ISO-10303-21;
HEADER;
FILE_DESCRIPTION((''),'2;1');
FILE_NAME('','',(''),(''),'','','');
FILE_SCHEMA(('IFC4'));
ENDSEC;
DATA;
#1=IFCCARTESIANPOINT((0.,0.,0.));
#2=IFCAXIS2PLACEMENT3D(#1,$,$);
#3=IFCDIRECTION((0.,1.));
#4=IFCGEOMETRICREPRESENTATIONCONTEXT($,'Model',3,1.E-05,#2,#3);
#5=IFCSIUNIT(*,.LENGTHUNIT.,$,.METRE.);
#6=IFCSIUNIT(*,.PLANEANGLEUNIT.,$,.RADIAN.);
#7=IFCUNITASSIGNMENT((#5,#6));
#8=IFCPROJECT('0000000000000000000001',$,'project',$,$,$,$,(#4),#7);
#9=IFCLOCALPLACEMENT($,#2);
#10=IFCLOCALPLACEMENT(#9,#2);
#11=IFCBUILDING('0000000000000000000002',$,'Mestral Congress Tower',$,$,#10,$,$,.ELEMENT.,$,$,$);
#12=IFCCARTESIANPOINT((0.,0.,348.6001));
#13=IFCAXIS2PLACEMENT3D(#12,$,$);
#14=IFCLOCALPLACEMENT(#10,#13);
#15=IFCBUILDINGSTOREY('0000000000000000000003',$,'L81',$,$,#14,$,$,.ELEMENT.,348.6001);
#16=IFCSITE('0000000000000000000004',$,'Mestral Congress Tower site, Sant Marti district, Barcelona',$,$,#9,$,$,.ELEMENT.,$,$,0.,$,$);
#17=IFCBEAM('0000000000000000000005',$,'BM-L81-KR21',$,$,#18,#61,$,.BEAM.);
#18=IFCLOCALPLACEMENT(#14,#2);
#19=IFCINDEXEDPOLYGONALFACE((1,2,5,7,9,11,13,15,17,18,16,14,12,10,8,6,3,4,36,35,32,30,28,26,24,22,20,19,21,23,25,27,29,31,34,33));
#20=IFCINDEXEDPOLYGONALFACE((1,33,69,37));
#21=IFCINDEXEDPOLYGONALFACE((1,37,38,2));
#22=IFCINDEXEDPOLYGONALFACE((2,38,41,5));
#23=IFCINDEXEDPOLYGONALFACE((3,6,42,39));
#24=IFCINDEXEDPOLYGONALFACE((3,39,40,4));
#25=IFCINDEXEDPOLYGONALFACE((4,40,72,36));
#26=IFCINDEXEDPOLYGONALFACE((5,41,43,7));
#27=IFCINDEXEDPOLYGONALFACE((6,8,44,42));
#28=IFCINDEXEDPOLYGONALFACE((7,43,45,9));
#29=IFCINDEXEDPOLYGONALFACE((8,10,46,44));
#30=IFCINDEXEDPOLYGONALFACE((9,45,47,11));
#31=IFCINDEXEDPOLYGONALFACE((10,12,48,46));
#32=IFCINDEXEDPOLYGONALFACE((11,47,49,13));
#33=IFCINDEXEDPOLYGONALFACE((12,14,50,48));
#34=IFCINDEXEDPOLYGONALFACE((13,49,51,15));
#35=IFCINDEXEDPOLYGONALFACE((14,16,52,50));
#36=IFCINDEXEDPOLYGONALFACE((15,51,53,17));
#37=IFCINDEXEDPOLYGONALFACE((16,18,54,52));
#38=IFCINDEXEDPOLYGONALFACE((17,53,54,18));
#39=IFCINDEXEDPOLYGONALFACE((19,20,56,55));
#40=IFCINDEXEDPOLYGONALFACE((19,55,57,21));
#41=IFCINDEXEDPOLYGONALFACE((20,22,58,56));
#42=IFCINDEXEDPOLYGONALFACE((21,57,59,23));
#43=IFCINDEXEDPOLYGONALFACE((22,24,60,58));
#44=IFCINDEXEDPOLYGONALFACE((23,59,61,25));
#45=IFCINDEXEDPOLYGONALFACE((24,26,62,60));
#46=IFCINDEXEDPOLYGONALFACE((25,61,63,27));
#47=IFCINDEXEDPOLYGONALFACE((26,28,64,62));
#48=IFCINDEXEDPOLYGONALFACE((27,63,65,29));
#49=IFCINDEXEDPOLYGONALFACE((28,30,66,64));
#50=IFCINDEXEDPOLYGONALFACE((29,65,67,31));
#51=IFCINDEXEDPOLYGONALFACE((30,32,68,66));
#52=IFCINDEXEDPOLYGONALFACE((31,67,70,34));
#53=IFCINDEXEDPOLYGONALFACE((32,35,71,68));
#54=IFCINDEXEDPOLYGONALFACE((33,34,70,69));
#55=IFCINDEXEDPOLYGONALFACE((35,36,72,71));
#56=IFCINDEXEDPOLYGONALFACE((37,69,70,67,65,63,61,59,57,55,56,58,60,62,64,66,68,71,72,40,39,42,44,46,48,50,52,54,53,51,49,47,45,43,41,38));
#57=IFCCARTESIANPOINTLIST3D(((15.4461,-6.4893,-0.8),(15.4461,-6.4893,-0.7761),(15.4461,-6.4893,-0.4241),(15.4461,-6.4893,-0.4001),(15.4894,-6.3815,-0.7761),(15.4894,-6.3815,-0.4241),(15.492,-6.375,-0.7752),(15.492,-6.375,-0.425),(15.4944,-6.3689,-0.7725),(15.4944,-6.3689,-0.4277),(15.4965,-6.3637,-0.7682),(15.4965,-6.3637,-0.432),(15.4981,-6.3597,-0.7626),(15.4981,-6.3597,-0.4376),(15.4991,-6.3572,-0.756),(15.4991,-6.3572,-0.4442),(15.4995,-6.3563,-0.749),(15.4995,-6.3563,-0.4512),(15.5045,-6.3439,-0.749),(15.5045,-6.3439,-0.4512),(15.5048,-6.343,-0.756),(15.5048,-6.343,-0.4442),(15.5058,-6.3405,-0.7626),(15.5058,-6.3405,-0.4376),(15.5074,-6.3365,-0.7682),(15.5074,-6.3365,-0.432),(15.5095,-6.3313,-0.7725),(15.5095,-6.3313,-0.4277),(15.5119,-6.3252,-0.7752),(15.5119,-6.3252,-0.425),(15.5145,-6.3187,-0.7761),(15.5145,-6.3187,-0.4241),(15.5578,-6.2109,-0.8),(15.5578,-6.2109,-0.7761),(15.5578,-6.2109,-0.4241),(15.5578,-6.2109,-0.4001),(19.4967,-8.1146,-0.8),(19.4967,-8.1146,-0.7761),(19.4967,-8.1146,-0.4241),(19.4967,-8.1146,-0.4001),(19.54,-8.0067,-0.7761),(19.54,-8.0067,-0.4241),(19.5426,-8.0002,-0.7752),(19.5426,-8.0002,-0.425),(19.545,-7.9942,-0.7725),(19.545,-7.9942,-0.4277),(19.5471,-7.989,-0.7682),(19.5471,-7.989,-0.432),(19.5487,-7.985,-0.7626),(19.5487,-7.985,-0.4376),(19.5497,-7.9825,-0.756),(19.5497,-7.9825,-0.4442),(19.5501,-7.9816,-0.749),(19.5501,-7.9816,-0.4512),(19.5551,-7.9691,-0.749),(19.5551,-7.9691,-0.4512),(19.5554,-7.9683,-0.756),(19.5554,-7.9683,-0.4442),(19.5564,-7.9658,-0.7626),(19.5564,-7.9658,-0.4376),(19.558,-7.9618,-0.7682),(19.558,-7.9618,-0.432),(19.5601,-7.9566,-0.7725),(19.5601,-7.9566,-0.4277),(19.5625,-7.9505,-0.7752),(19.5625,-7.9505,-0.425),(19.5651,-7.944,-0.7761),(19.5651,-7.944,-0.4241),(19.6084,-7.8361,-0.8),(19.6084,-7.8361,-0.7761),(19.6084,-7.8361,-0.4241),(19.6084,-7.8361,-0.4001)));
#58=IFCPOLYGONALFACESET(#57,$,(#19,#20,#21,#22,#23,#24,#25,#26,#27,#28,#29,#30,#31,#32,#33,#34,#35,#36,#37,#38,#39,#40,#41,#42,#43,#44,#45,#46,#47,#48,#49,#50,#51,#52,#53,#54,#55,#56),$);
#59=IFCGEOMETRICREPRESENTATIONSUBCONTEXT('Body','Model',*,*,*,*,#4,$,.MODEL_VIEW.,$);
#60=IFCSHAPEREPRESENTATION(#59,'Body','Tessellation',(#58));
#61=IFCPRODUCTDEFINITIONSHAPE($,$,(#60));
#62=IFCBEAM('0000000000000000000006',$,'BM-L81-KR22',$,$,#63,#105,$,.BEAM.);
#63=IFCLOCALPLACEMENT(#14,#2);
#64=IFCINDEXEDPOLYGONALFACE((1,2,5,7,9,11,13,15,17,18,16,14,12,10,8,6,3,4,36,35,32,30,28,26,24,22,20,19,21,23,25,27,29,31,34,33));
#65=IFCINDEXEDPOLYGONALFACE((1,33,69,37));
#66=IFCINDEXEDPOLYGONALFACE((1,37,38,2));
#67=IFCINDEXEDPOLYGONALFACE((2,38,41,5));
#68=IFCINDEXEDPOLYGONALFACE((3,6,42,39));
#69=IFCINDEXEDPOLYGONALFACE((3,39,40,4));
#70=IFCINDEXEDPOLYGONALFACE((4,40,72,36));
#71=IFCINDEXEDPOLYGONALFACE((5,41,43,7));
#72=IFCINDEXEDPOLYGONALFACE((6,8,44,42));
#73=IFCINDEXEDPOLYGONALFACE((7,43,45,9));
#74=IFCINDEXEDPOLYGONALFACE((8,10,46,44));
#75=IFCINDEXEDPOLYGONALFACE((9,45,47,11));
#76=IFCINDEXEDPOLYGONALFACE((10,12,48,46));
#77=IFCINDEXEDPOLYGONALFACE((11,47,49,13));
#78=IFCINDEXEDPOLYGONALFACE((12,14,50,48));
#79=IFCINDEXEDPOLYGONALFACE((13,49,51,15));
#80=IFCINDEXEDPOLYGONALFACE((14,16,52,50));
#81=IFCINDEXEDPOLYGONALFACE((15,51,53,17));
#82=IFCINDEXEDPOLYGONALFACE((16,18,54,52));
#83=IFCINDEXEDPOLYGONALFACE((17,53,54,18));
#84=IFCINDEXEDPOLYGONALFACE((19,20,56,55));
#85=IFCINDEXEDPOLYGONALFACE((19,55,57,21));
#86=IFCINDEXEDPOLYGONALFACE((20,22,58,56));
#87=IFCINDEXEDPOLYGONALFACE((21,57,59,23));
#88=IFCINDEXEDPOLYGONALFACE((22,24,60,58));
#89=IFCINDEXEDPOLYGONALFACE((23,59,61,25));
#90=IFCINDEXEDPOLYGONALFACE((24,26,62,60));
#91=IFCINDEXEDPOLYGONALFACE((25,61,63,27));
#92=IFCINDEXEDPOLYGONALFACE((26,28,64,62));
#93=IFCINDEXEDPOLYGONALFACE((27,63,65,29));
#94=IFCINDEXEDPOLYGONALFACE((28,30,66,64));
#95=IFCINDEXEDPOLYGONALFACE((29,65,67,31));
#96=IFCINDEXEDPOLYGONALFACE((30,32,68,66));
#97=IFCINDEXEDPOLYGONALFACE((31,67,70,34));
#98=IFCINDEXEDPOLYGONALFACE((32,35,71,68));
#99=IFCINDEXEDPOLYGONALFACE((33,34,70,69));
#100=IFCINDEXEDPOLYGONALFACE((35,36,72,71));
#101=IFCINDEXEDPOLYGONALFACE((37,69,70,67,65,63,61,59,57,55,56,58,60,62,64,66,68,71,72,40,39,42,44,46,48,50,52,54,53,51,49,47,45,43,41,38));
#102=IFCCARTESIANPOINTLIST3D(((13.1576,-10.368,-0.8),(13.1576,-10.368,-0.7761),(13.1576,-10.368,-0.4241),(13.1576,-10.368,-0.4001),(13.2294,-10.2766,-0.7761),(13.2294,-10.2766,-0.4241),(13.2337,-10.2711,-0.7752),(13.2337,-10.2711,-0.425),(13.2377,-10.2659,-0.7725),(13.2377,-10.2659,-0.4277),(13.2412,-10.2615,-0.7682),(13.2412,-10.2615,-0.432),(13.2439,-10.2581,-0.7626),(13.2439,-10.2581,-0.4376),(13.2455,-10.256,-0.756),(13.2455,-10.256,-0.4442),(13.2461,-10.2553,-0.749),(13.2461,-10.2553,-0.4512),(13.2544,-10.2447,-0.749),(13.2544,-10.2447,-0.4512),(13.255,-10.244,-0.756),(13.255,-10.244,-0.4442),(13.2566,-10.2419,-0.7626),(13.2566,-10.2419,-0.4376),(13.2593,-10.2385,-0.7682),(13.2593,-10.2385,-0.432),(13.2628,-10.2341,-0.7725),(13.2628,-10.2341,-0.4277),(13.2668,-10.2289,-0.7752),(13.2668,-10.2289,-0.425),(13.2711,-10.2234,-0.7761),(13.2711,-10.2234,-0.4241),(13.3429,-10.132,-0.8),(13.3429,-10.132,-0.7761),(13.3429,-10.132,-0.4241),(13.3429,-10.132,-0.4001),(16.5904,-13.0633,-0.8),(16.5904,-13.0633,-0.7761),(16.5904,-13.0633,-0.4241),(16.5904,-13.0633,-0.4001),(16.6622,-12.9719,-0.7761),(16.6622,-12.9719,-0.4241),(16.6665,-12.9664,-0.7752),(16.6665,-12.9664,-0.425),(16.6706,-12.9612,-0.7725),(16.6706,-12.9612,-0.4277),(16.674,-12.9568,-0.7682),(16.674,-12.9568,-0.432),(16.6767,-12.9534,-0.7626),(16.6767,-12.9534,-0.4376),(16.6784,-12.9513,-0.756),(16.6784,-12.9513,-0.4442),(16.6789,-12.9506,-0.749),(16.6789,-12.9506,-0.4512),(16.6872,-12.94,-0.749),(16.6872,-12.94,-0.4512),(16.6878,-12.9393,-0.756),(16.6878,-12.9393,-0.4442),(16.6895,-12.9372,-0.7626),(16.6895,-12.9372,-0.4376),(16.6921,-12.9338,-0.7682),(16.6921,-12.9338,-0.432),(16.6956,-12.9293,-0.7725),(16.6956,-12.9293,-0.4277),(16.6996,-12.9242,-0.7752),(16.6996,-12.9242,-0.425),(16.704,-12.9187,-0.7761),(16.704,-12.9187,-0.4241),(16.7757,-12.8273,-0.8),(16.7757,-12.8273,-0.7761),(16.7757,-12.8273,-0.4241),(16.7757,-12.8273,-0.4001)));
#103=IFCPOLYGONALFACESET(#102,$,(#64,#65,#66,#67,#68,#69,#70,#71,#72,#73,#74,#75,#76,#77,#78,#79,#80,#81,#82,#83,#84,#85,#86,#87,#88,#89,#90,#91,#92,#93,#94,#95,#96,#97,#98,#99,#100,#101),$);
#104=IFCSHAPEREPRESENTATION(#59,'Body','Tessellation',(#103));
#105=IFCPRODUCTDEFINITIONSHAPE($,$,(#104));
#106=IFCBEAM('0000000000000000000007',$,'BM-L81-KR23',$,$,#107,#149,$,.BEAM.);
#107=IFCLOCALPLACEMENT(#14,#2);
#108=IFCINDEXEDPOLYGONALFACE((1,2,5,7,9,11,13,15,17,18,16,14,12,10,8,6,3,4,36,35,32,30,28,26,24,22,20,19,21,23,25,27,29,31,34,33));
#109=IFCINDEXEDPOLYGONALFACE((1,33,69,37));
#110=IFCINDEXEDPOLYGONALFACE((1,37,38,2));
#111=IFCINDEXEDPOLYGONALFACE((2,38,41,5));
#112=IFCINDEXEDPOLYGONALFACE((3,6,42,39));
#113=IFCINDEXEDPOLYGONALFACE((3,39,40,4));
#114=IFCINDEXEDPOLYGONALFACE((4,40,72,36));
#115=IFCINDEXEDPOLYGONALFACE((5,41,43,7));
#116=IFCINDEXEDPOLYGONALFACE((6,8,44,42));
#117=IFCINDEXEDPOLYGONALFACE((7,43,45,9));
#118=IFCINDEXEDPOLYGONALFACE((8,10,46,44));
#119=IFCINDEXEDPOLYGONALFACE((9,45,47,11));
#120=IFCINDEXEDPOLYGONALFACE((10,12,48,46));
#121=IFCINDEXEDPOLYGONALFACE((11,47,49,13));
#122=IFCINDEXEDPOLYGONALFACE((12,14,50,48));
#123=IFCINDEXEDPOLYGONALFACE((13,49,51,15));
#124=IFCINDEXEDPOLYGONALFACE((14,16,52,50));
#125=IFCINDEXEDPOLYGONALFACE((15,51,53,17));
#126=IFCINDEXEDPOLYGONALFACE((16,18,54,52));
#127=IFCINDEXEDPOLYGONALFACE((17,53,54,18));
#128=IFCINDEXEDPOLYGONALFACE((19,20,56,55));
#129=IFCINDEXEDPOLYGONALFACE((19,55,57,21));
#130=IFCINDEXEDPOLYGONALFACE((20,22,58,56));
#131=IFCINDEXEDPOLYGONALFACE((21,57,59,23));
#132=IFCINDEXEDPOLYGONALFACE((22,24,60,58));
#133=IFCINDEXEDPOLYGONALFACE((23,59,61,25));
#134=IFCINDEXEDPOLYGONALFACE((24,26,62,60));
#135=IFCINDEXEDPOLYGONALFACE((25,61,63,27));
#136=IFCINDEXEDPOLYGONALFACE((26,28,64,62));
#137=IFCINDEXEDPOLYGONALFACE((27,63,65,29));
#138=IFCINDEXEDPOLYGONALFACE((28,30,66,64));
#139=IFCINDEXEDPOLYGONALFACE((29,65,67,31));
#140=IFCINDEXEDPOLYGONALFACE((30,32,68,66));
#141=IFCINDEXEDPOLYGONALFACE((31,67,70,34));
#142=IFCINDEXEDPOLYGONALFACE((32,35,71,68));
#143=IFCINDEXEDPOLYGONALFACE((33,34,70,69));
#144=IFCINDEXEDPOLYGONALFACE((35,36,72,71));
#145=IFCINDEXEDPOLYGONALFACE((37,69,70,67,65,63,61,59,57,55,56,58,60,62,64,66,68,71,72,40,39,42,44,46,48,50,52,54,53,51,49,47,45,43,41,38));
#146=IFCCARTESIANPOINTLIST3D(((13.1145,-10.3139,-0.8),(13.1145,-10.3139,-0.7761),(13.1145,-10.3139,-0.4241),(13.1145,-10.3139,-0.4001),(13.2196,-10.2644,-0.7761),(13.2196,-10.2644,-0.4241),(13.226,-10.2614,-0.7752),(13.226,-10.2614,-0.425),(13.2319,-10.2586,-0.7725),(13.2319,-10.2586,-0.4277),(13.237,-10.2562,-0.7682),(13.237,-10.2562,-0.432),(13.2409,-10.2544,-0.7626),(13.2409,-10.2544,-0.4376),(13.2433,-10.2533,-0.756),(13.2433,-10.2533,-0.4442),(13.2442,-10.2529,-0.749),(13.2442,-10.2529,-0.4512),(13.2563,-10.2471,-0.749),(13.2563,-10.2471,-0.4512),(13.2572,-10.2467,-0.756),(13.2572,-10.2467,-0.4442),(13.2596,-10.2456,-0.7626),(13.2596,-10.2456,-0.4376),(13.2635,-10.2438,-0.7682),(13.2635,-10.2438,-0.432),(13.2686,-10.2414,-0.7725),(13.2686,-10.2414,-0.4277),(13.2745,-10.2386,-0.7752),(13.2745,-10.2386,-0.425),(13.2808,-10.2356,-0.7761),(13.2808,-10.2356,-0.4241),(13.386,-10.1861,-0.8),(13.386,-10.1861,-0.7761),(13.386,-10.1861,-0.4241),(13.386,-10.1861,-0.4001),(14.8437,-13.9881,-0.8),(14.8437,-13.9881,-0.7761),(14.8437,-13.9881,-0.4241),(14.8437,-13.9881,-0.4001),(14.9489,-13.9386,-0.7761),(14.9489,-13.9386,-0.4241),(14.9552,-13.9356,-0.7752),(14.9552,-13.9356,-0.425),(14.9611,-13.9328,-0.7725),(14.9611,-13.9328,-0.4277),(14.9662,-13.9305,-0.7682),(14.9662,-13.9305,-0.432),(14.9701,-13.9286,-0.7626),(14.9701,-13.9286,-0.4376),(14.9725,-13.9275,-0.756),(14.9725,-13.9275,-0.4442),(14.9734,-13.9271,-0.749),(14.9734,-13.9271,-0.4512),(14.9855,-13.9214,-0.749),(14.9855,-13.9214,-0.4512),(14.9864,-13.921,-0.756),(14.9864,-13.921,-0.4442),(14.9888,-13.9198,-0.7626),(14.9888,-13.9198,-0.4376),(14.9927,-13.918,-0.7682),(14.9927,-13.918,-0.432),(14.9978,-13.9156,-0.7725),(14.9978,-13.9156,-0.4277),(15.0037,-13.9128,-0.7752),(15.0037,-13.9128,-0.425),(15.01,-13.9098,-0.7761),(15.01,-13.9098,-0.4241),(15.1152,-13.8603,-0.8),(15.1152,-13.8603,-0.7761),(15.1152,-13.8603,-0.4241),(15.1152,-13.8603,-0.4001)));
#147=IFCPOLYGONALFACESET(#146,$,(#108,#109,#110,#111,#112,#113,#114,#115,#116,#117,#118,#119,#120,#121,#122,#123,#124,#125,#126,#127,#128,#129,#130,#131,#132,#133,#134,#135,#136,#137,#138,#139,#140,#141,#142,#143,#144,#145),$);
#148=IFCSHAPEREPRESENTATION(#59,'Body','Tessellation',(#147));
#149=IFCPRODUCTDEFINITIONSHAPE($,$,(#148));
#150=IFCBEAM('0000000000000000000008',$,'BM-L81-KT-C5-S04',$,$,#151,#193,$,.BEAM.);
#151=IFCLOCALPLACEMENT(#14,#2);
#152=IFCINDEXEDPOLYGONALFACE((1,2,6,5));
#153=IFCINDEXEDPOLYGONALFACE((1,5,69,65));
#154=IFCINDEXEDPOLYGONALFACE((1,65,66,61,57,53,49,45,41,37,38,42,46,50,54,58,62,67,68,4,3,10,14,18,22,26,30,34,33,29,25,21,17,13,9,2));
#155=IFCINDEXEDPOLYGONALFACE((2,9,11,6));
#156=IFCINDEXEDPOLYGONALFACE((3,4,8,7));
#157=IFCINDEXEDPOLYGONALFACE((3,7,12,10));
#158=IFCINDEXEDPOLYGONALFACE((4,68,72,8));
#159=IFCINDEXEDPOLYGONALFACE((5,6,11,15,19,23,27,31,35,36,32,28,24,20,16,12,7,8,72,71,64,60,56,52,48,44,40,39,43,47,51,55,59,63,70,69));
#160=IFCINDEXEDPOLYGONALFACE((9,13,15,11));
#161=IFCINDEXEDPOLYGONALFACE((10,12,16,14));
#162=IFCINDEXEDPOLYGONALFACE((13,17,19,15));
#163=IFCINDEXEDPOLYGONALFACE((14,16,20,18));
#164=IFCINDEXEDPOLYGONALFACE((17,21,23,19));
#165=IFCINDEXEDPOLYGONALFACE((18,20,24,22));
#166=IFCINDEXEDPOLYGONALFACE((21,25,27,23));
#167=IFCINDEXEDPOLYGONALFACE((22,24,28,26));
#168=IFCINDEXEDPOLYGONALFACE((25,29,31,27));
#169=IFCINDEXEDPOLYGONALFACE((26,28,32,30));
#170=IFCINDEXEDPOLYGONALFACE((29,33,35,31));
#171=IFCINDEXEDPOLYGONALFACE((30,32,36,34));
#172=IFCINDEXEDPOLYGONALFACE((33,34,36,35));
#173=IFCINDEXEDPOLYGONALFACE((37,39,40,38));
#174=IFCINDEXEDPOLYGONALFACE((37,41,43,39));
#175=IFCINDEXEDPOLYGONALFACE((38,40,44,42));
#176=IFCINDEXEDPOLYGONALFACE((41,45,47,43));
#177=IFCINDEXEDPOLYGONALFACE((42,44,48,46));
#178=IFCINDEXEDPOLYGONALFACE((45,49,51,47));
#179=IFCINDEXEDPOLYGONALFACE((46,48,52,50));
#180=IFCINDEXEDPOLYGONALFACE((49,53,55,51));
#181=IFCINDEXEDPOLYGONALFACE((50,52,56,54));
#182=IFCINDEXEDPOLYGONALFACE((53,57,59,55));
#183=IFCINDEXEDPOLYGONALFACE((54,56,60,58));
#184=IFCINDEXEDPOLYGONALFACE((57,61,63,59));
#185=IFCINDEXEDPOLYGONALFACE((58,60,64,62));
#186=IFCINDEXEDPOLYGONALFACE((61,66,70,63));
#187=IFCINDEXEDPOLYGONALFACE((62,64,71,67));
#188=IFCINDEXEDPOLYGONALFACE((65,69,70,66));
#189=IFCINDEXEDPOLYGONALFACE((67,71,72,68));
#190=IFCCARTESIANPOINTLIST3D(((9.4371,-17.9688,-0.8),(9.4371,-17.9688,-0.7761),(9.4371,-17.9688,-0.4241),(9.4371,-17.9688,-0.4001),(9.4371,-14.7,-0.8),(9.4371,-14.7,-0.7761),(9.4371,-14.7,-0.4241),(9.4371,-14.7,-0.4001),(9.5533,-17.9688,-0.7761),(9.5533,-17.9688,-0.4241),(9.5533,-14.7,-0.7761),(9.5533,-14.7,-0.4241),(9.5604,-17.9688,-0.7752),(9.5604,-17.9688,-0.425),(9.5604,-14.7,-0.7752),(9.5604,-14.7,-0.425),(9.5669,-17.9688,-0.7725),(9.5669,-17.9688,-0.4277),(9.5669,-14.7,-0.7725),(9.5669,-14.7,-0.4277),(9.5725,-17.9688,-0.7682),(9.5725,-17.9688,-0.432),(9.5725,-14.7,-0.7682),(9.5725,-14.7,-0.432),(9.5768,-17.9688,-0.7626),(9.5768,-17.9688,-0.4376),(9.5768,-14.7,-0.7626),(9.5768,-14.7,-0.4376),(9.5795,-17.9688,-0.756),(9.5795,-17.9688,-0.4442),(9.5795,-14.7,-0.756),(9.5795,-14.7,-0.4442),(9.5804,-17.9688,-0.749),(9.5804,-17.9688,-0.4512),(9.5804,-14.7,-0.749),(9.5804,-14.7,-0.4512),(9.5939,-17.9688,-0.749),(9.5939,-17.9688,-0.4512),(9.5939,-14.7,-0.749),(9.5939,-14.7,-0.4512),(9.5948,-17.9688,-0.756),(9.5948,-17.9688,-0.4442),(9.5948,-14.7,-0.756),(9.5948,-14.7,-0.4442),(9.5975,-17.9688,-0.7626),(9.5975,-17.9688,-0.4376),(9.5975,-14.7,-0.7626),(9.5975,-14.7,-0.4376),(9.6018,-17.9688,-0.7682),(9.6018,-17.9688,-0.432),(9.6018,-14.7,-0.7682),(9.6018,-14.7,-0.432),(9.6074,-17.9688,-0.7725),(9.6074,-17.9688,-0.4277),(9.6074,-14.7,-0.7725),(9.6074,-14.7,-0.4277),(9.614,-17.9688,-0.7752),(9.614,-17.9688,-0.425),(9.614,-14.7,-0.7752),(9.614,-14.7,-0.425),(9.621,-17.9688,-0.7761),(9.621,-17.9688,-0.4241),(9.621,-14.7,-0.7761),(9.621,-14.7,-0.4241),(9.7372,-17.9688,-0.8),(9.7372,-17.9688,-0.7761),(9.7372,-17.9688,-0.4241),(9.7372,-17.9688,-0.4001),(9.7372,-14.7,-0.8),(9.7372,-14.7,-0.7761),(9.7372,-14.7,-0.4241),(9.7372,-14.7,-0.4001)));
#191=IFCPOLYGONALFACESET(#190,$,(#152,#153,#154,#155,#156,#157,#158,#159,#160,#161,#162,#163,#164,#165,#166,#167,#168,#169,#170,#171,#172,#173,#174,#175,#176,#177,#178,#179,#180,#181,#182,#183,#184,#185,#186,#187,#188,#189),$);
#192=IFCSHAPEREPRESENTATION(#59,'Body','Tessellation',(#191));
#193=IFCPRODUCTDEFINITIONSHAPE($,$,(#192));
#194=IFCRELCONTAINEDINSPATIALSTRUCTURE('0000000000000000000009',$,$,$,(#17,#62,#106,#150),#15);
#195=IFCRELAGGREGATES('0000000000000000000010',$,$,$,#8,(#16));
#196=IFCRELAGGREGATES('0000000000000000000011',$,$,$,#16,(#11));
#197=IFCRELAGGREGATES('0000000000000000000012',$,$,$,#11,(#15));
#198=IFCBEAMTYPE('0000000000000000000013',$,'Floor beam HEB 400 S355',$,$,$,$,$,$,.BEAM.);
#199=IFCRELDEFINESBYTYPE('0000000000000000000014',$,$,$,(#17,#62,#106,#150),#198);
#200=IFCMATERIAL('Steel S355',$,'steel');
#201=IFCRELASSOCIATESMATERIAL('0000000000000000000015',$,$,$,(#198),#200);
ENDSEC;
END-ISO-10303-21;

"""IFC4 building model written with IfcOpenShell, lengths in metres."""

from ifc_helpers import new_model, si_unit, direction, frame, origin, origin_2d, place, context, subcontext, project, spatial, i_section, extrude, material, material_profile, profile_set, type_object, element, save


model = new_model("IFC4")

# Units and contexts
model_context = context("Model", 3, precision=1e-05, world=origin(), true_north=direction((0.0, 1.0)))
body_context = subcontext(model_context, "Body", "Model", "MODEL_VIEW")
ifc_project = project(units=[si_unit("LENGTHUNIT", "METRE"), si_unit("PLANEANGLEUNIT", "RADIAN")], contexts=[model_context])

# Site, building, storey
site_placement = place(None, origin())
site = spatial("IfcSite", under=ifc_project, at=site_placement, Name="Mestral Congress Tower site, Sant Marti district, Barcelona", CompositionType="ELEMENT", RefElevation=0.0)
building_placement = place(site_placement, origin())
building = spatial("IfcBuilding", under=site, at=building_placement, Name="Mestral Congress Tower", CompositionType="ELEMENT")
storey_placement = place(building_placement, frame((0.0, 0.0, 348.6001)))
storey = spatial("IfcBuildingStorey", under=building, at=storey_placement, Name="L81", CompositionType="ELEMENT", Elevation=348.6001)

# Beams
ifc_material_1 = material(Name="Steel S355", Category="steel")
ifc_material_profile_1 = material_profile(ifc_material_1, i_section(OverallWidth=0.3, OverallDepth=0.3999, WebThickness=0.0134, FlangeThickness=0.0239, FilletRadius=0.0271, at=origin_2d()), Name="HEB 400")
ifc_profile_set_1 = profile_set([ifc_material_profile_1], Name="Steel S355")
beam_type_1 = type_object("IfcBeamType", Name="Floor beam HEB 400 S355", PredefinedType="BEAM", material=ifc_profile_set_1)
for number, where, z_axis, x_axis, name in (
    (1, (15.502, -6.3501, -0.6001), (0.928079, -0.372384, 0.0), (0.372384, 0.928079, 0.0), "BM-L81-KR21"),
    (2, (13.2502, -10.25, -0.6001), (0.786534, -0.617547, 0.0), (0.617547, 0.786534, 0.0), "BM-L81-KR22"),
):
    element("IfcBeam", number, at=place(storey_placement, frame(where, z_axis=z_axis, x_axis=x_axis)), inside=storey, type_object=beam_type_1, Name=name, PredefinedType="BEAM", context=body_context, shape_type="SweptSolid", body=[
        extrude(i_section(OverallWidth=0.3, OverallDepth=0.3999, WebThickness=0.0134, FlangeThickness=0.0239, FilletRadius=0.0271, at=origin_2d()), origin(), (0.0, 0.0, 1.0), 4.3645),
    ])
beam_1_placement = place(storey_placement, frame((13.2502, -10.25, -0.6001), z_axis=(0.425829, -0.904804, 0.0), x_axis=(0.904804, 0.425829, 0.0)))
element("IfcBeam", 3, at=beam_1_placement, inside=storey, type_object=beam_type_1, Name="BM-L81-KR23", PredefinedType="BEAM", context=body_context, shape_type="SweptSolid", body=[
    extrude(i_section(OverallWidth=0.3, OverallDepth=0.3999, WebThickness=0.0134, FlangeThickness=0.0239, FilletRadius=0.0271, at=origin_2d()), origin(), (0.0, 0.0, 1.0), 4.0608),
])
beam_2_placement = place(storey_placement, frame((9.5872, -17.9688, -0.6001), z_axis=(0.0, 1.0, 0.0), x_axis=(-1.0, 0.0, 0.0)))
element("IfcBeam", 4, at=beam_2_placement, inside=storey, type_object=beam_type_1, Name="BM-L81-KT-C5-S04", PredefinedType="BEAM", context=body_context, shape_type="SweptSolid", body=[
    extrude(i_section(OverallWidth=0.3, OverallDepth=0.3999, WebThickness=0.0134, FlangeThickness=0.0239, FilletRadius=0.0271, at=origin_2d()), origin(), (0.0, 0.0, 1.0), 3.2688),
])

save(model, "model.ifc")
